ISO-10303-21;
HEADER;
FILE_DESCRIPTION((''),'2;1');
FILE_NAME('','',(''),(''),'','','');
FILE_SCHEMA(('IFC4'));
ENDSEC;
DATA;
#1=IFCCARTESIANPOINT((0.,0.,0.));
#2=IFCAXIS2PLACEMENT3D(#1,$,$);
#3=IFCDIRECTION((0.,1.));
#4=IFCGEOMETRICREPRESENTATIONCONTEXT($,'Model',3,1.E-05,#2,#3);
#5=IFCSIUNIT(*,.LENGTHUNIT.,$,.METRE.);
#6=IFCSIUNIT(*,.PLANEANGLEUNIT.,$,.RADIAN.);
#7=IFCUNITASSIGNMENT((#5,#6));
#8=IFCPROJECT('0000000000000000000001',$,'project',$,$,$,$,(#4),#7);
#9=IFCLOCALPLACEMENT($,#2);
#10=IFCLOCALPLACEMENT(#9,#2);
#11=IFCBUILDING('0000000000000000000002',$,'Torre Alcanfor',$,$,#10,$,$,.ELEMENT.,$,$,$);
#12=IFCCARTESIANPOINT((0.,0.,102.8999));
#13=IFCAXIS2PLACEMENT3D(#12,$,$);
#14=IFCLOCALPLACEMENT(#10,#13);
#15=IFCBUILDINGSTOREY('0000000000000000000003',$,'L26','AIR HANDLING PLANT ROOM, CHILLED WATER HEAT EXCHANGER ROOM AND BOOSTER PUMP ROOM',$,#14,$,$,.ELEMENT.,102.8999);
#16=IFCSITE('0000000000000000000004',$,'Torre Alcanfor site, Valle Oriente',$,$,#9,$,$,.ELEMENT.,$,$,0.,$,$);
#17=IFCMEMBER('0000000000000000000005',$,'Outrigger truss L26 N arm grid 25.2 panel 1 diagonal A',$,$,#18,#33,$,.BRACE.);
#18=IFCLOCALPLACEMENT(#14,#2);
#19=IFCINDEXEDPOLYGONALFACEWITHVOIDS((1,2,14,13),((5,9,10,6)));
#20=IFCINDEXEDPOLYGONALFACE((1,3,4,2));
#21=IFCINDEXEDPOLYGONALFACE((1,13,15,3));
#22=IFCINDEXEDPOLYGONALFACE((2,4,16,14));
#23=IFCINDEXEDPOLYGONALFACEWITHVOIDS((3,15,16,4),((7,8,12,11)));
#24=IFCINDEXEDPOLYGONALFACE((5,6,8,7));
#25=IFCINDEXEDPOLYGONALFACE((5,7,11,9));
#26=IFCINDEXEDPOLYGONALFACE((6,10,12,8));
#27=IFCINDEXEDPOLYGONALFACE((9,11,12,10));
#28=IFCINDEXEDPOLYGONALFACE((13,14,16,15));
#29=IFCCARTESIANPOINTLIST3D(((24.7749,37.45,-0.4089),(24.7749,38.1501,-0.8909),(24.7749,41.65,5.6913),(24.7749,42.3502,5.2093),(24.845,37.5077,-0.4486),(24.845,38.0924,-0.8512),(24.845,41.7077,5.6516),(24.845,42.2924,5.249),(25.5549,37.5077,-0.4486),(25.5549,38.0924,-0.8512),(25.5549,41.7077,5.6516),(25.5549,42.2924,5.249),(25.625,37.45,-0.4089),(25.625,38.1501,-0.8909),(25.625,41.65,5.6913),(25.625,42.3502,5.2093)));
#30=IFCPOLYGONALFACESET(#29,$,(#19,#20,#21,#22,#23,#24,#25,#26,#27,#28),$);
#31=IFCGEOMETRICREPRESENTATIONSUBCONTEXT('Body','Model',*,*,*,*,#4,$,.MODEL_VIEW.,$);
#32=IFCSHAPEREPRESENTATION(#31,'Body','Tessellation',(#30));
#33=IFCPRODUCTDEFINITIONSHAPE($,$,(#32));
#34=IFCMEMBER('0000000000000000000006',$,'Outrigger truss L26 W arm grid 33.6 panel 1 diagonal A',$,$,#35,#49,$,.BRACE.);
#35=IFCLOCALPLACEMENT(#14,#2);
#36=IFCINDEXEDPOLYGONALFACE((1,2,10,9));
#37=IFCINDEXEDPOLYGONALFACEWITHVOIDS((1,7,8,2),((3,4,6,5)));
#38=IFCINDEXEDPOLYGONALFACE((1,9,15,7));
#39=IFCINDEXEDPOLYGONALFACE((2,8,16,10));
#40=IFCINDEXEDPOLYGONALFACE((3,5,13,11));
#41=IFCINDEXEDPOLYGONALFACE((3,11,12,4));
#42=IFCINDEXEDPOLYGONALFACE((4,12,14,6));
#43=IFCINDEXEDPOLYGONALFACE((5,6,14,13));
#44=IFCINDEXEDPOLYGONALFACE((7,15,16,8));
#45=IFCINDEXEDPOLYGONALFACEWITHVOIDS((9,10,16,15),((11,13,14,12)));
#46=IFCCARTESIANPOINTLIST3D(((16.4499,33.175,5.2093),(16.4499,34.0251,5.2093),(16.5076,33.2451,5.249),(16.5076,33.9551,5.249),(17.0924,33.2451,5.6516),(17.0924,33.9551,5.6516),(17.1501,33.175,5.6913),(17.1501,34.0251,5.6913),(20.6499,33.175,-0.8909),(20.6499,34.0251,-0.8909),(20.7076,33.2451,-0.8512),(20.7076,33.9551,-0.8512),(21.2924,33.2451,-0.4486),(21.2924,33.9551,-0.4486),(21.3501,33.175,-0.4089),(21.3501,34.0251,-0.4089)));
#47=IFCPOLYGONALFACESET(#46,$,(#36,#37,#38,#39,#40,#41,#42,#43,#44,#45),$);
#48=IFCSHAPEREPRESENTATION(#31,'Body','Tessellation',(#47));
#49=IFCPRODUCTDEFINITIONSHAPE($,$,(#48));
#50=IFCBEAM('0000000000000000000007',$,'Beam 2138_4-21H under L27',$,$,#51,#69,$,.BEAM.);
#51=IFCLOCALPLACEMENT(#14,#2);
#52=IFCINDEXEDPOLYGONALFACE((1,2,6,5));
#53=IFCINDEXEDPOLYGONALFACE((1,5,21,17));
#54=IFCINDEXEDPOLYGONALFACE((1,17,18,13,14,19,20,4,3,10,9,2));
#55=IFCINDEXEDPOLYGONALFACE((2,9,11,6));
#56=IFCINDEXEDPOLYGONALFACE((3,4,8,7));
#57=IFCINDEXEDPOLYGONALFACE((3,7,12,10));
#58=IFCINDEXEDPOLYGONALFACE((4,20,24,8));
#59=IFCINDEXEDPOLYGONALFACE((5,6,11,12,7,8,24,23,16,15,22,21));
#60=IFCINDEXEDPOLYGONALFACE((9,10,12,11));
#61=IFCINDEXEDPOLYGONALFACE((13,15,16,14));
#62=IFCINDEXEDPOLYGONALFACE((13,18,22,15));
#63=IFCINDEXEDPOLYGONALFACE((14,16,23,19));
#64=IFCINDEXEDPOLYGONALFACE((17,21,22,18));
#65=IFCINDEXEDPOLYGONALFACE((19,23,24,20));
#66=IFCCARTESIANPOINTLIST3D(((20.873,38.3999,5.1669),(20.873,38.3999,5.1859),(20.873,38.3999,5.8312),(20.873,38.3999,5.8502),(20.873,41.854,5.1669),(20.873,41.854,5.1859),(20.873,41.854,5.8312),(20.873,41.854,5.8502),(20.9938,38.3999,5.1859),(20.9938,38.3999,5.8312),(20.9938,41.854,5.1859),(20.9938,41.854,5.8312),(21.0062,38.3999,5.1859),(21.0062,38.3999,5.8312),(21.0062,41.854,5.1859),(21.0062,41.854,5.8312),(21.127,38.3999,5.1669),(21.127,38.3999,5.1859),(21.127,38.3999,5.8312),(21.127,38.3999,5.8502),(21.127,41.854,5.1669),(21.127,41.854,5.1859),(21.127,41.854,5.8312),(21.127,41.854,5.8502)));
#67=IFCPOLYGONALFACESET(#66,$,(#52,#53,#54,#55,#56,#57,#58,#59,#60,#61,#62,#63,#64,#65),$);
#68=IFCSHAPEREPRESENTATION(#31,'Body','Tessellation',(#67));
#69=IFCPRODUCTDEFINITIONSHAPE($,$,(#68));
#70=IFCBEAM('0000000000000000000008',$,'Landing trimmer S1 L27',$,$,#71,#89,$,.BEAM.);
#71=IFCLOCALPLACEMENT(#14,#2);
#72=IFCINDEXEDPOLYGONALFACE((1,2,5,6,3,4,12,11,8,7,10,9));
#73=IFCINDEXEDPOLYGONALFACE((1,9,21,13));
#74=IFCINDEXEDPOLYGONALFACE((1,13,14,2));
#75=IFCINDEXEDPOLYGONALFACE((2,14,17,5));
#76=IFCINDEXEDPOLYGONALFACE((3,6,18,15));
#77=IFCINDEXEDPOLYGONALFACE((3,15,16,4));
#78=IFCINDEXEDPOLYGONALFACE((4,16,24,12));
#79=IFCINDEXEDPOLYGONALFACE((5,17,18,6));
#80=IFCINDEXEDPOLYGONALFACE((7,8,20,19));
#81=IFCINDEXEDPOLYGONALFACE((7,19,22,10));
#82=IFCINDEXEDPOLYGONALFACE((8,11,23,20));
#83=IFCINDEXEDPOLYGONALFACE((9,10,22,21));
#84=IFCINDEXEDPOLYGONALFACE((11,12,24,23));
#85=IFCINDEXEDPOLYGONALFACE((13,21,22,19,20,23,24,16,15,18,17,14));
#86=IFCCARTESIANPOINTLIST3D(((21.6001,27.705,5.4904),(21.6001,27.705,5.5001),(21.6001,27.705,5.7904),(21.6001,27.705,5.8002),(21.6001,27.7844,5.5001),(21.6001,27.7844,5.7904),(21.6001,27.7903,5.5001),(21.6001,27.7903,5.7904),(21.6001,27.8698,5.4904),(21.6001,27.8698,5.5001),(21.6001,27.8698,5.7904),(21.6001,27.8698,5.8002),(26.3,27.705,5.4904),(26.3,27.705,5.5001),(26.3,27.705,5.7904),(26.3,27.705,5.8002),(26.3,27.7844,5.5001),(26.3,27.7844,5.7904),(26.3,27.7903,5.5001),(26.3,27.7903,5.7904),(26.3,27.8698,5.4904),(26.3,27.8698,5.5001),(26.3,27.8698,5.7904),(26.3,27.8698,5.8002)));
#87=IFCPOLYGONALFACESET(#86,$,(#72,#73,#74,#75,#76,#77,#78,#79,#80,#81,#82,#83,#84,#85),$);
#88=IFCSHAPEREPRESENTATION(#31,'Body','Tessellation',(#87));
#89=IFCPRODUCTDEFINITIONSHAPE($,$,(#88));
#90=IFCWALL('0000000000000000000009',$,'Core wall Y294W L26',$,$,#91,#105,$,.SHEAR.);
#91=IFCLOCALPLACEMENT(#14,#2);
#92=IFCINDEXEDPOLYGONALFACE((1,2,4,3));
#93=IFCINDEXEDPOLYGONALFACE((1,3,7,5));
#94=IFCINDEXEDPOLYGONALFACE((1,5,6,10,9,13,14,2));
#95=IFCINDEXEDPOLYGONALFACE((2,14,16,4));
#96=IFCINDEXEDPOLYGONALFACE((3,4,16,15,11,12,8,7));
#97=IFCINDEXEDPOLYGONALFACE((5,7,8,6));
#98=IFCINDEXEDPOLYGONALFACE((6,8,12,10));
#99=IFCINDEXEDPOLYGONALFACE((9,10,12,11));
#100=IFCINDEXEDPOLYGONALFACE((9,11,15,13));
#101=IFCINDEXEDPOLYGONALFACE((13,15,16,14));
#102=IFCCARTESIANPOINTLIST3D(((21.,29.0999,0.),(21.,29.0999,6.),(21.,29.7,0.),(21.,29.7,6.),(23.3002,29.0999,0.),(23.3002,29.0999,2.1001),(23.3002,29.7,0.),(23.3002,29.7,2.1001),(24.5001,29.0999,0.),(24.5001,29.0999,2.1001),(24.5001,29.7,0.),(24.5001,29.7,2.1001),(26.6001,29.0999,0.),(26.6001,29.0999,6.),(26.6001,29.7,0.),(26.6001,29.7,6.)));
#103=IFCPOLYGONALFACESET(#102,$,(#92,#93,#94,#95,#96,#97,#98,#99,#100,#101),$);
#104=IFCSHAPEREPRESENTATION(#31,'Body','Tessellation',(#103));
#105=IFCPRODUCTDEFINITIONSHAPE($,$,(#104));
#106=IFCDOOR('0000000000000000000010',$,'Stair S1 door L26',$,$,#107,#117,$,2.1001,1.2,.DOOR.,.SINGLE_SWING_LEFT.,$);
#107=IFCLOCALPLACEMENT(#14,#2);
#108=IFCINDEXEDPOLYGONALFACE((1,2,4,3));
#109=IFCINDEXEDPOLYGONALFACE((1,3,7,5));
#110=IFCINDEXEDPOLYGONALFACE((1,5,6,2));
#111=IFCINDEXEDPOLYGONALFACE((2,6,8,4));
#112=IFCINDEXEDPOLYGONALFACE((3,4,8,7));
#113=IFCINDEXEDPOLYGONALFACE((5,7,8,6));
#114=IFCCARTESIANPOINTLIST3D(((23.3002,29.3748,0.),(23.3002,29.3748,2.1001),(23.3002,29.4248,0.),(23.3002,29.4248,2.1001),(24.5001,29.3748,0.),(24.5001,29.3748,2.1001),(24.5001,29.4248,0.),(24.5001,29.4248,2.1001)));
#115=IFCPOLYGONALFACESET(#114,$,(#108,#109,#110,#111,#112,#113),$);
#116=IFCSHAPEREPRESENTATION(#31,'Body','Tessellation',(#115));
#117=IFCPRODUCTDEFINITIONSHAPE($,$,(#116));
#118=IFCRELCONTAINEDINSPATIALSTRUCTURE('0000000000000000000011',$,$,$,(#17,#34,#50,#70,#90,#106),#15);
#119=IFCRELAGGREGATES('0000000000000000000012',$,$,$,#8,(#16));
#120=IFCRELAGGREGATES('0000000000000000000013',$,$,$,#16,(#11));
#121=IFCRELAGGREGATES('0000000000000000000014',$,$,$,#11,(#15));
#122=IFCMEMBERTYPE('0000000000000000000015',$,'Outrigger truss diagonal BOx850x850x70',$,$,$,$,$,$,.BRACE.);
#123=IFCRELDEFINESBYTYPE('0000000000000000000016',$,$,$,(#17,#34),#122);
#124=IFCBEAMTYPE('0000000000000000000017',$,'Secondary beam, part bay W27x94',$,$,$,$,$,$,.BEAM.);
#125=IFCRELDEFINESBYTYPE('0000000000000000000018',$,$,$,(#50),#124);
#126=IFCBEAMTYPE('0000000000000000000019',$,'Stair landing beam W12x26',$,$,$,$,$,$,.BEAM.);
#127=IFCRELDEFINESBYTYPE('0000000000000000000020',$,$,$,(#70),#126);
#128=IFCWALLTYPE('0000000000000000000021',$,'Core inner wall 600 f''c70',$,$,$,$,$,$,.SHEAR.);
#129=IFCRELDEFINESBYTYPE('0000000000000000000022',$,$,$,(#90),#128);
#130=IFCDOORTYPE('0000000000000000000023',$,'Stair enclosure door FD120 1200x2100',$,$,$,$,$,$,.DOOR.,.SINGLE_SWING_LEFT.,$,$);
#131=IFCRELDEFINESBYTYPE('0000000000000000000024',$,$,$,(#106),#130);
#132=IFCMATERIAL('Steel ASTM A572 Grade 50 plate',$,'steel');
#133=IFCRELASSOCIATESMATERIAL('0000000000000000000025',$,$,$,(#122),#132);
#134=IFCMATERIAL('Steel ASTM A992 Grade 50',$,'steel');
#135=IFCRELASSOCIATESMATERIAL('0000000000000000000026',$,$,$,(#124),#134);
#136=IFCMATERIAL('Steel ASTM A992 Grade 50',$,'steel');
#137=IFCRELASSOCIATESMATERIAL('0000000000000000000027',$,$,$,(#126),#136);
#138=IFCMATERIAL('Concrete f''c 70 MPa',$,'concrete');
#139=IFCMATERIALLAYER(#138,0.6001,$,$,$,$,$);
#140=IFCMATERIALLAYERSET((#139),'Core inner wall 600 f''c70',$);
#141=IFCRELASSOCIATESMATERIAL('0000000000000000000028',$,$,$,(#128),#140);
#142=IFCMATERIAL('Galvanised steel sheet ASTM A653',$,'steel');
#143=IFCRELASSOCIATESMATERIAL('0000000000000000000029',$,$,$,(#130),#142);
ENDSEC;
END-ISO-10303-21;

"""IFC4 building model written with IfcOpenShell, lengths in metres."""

from ifc_helpers import new_model, si_unit, direction, frame, frame_2d, origin, origin_2d, place, context, subcontext, project, spatial, rectangle, hollow_rectangle, i_section, extrude, material, layer, layer_set, material_profile, profile_set, type_object, element, fill, save


model = new_model("IFC4")

# Units and contexts
model_context = context("Model", 3, precision=1e-05, world=origin(), true_north=direction((0.0, 1.0)))
body_context = subcontext(model_context, "Body", "Model", "MODEL_VIEW")
ifc_project = project(units=[si_unit("LENGTHUNIT", "METRE"), si_unit("PLANEANGLEUNIT", "RADIAN")], contexts=[model_context])

# Site, building, storey
site_placement = place(None, origin())
site = spatial("IfcSite", under=ifc_project, at=site_placement, Name="Torre Alcanfor site, Valle Oriente", CompositionType="ELEMENT", RefElevation=0.0)
building_placement = place(site_placement, origin())
building = spatial("IfcBuilding", under=site, at=building_placement, Name="Torre Alcanfor", CompositionType="ELEMENT")
storey_placement = place(building_placement, frame((0.0, 0.0, 102.8999)))
storey = spatial("IfcBuildingStorey", under=building, at=storey_placement, Name="L26", Description="AIR HANDLING PLANT ROOM, CHILLED WATER HEAT EXCHANGER ROOM AND BOOSTER PUMP ROOM", CompositionType="ELEMENT", Elevation=102.8999)

# Members
ifc_material_1 = material(Name="Steel ASTM A572 Grade 50 plate", Category="steel")
ifc_material_profile_1 = material_profile(ifc_material_1, hollow_rectangle(XDim=0.8501, YDim=0.8501, WallThickness=0.0701, at=origin_2d()), Name="BOX 850x850x70")
ifc_profile_set_1 = profile_set([ifc_material_profile_1], Name="Steel ASTM A572 Grade 50 plate")
member_type = type_object("IfcMemberType", Name="Outrigger truss diagonal BOx850x850x70", PredefinedType="BRACE", material=ifc_profile_set_1)
for number, where, z_axis, x_axis, name in (
    (1, (25.2, 37.8, -0.6499), (0.0, 0.567091, 0.823655), (-1.0, 0.0, 0.0), "Outrigger truss L26 N arm grid 25.2 panel 1 diagonal A"),
    (2, (21.0, 33.6001, -0.6499), (-0.567091, 0.0, 0.823655), (0.0, -1.0, 0.0), "Outrigger truss L26 W arm grid 33.6 panel 1 diagonal A"),
):
    element("IfcMember", number, at=place(storey_placement, frame(where, z_axis=z_axis, x_axis=x_axis)), inside=storey, type_object=member_type, Name=name, PredefinedType="BRACE", context=body_context, shape_type="SweptSolid", body=[
        extrude(hollow_rectangle(XDim=0.8501, YDim=0.8501, WallThickness=0.0701, at=origin_2d()), origin(), (0.0, 0.0, 1.0), 7.4062),
    ])

# Beams
ifc_material_2 = material(Name="Steel ASTM A992 Grade 50", Category="steel")
ifc_material_profile_2 = material_profile(ifc_material_2, i_section(OverallWidth=0.2539, OverallDepth=0.6833, WebThickness=0.0125, FlangeThickness=0.019, at=origin_2d()), Name="W27x94")
ifc_profile_set_2 = profile_set([ifc_material_profile_2], Name="Steel ASTM A992 Grade 50")
beam_type_1 = type_object("IfcBeamType", Name="Secondary beam, part bay W27x94", PredefinedType="BEAM", material=ifc_profile_set_2)
beam_1_placement = place(storey_placement, frame((21.0, 38.3999, 5.5085), z_axis=(0.0, 1.0, 0.0), x_axis=(-1.0, 0.0, 0.0)))
element("IfcBeam", 3, at=beam_1_placement, inside=storey, type_object=beam_type_1, Name="Beam 2138_4-21H under L27", PredefinedType="BEAM", context=body_context, shape_type="SweptSolid", body=[
    extrude(i_section(OverallWidth=0.2539, OverallDepth=0.6833, WebThickness=0.0125, FlangeThickness=0.019, at=origin_2d()), origin(), (0.0, 0.0, 1.0), 3.4541),
])
ifc_material_3 = material(Name="Steel ASTM A992 Grade 50", Category="steel")
ifc_material_profile_3 = material_profile(ifc_material_3, i_section(OverallWidth=0.1648, OverallDepth=0.3098, WebThickness=0.0059, FlangeThickness=0.0098, at=origin_2d()), Name="W12x26")
ifc_profile_set_3 = profile_set([ifc_material_profile_3], Name="Steel ASTM A992 Grade 50")
beam_type_2 = type_object("IfcBeamType", Name="Stair landing beam W12x26", PredefinedType="BEAM", material=ifc_profile_set_3)
beam_2_placement = place(storey_placement, frame((21.6001, 27.7874, 5.6453), z_axis=(1.0, 0.0, 0.0), x_axis=(0.0, 1.0, 0.0)))
element("IfcBeam", 4, at=beam_2_placement, inside=storey, type_object=beam_type_2, Name="Landing trimmer S1 L27", PredefinedType="BEAM", context=body_context, shape_type="SweptSolid", body=[
    extrude(i_section(OverallWidth=0.1648, OverallDepth=0.3098, WebThickness=0.0059, FlangeThickness=0.0098, at=origin_2d()), origin(), (0.0, 0.0, 1.0), 4.7),
])

# Wall, opening, door
ifc_material_4 = material(Name="Concrete f'c 70 MPa", Category="concrete")
ifc_layer_1 = layer(ifc_material_4, 0.6001)
ifc_layer_set_1 = layer_set([ifc_layer_1], Name="Core inner wall 600 f'c70")
wall_type_1 = type_object("IfcWallType", Name="Core inner wall 600 f'c70", PredefinedType="SHEAR", material=ifc_layer_set_1)
wall_1_placement = place(storey_placement, frame((21.0, 29.3999, 0.0), z_axis=(0.0, 0.0, 1.0), x_axis=(1.0, 0.0, 0.0)))
wall_1 = element("IfcWall", 5, at=wall_1_placement, inside=storey, type_object=wall_type_1, Name="Core wall Y294W L26", PredefinedType="SHEAR", context=body_context, shape_type="SweptSolid", body=[
    extrude(rectangle(XDim=5.6001, YDim=0.6001, at=frame_2d((2.8, 0.0))), origin(), (0.0, 0.0, 1.0), 6.0),
])
opening_1_placement = place(wall_1_placement, frame((2.3, 0.0, 0.0)))
opening_1 = element("IfcOpeningElement", 6, at=opening_1_placement, cuts=wall_1, PredefinedType="OPENING", context=body_context, shape_type="SweptSolid", body=[
    extrude(rectangle(XDim=1.2, YDim=2.1001, at=frame_2d((0.6001, 1.05))), frame((0.0, 0.3101, 0.0), z_axis=(0.0, -1.0, 0.0), x_axis=(1.0, 0.0, 0.0)), (0.0, 0.0, 1.0), 0.6201),
])
ifc_material_5 = material(Name="Galvanised steel sheet ASTM A653", Category="steel")
door_type_1 = type_object("IfcDoorType", Name="Stair enclosure door FD120 1200x2100", OperationType="SINGLE_SWING_LEFT", PredefinedType="DOOR", material=ifc_material_5)
door_1_placement = place(opening_1_placement, frame((1.2, 0.0, 0.0), z_axis=(0.0, 0.0, 1.0), x_axis=(-1.0, 0.0, 0.0)))
door_1 = element("IfcDoor", 7, at=door_1_placement, inside=storey, type_object=door_type_1, Name="Stair S1 door L26", OperationType="SINGLE_SWING_LEFT", OverallHeight=2.1001, OverallWidth=1.2, PredefinedType="DOOR", context=body_context, shape_type="SweptSolid", body=[
    extrude(rectangle(XDim=1.2, YDim=2.1001, at=frame_2d((0.5999, 1.05))), frame((0.0, 0.0251, 0.0), z_axis=(0.0, -1.0, 0.0), x_axis=(1.0, 0.0, 0.0)), (0.0, 0.0, 1.0), 0.05),
])
fill(opening_1, door_1)

save(model, "model.ifc")
